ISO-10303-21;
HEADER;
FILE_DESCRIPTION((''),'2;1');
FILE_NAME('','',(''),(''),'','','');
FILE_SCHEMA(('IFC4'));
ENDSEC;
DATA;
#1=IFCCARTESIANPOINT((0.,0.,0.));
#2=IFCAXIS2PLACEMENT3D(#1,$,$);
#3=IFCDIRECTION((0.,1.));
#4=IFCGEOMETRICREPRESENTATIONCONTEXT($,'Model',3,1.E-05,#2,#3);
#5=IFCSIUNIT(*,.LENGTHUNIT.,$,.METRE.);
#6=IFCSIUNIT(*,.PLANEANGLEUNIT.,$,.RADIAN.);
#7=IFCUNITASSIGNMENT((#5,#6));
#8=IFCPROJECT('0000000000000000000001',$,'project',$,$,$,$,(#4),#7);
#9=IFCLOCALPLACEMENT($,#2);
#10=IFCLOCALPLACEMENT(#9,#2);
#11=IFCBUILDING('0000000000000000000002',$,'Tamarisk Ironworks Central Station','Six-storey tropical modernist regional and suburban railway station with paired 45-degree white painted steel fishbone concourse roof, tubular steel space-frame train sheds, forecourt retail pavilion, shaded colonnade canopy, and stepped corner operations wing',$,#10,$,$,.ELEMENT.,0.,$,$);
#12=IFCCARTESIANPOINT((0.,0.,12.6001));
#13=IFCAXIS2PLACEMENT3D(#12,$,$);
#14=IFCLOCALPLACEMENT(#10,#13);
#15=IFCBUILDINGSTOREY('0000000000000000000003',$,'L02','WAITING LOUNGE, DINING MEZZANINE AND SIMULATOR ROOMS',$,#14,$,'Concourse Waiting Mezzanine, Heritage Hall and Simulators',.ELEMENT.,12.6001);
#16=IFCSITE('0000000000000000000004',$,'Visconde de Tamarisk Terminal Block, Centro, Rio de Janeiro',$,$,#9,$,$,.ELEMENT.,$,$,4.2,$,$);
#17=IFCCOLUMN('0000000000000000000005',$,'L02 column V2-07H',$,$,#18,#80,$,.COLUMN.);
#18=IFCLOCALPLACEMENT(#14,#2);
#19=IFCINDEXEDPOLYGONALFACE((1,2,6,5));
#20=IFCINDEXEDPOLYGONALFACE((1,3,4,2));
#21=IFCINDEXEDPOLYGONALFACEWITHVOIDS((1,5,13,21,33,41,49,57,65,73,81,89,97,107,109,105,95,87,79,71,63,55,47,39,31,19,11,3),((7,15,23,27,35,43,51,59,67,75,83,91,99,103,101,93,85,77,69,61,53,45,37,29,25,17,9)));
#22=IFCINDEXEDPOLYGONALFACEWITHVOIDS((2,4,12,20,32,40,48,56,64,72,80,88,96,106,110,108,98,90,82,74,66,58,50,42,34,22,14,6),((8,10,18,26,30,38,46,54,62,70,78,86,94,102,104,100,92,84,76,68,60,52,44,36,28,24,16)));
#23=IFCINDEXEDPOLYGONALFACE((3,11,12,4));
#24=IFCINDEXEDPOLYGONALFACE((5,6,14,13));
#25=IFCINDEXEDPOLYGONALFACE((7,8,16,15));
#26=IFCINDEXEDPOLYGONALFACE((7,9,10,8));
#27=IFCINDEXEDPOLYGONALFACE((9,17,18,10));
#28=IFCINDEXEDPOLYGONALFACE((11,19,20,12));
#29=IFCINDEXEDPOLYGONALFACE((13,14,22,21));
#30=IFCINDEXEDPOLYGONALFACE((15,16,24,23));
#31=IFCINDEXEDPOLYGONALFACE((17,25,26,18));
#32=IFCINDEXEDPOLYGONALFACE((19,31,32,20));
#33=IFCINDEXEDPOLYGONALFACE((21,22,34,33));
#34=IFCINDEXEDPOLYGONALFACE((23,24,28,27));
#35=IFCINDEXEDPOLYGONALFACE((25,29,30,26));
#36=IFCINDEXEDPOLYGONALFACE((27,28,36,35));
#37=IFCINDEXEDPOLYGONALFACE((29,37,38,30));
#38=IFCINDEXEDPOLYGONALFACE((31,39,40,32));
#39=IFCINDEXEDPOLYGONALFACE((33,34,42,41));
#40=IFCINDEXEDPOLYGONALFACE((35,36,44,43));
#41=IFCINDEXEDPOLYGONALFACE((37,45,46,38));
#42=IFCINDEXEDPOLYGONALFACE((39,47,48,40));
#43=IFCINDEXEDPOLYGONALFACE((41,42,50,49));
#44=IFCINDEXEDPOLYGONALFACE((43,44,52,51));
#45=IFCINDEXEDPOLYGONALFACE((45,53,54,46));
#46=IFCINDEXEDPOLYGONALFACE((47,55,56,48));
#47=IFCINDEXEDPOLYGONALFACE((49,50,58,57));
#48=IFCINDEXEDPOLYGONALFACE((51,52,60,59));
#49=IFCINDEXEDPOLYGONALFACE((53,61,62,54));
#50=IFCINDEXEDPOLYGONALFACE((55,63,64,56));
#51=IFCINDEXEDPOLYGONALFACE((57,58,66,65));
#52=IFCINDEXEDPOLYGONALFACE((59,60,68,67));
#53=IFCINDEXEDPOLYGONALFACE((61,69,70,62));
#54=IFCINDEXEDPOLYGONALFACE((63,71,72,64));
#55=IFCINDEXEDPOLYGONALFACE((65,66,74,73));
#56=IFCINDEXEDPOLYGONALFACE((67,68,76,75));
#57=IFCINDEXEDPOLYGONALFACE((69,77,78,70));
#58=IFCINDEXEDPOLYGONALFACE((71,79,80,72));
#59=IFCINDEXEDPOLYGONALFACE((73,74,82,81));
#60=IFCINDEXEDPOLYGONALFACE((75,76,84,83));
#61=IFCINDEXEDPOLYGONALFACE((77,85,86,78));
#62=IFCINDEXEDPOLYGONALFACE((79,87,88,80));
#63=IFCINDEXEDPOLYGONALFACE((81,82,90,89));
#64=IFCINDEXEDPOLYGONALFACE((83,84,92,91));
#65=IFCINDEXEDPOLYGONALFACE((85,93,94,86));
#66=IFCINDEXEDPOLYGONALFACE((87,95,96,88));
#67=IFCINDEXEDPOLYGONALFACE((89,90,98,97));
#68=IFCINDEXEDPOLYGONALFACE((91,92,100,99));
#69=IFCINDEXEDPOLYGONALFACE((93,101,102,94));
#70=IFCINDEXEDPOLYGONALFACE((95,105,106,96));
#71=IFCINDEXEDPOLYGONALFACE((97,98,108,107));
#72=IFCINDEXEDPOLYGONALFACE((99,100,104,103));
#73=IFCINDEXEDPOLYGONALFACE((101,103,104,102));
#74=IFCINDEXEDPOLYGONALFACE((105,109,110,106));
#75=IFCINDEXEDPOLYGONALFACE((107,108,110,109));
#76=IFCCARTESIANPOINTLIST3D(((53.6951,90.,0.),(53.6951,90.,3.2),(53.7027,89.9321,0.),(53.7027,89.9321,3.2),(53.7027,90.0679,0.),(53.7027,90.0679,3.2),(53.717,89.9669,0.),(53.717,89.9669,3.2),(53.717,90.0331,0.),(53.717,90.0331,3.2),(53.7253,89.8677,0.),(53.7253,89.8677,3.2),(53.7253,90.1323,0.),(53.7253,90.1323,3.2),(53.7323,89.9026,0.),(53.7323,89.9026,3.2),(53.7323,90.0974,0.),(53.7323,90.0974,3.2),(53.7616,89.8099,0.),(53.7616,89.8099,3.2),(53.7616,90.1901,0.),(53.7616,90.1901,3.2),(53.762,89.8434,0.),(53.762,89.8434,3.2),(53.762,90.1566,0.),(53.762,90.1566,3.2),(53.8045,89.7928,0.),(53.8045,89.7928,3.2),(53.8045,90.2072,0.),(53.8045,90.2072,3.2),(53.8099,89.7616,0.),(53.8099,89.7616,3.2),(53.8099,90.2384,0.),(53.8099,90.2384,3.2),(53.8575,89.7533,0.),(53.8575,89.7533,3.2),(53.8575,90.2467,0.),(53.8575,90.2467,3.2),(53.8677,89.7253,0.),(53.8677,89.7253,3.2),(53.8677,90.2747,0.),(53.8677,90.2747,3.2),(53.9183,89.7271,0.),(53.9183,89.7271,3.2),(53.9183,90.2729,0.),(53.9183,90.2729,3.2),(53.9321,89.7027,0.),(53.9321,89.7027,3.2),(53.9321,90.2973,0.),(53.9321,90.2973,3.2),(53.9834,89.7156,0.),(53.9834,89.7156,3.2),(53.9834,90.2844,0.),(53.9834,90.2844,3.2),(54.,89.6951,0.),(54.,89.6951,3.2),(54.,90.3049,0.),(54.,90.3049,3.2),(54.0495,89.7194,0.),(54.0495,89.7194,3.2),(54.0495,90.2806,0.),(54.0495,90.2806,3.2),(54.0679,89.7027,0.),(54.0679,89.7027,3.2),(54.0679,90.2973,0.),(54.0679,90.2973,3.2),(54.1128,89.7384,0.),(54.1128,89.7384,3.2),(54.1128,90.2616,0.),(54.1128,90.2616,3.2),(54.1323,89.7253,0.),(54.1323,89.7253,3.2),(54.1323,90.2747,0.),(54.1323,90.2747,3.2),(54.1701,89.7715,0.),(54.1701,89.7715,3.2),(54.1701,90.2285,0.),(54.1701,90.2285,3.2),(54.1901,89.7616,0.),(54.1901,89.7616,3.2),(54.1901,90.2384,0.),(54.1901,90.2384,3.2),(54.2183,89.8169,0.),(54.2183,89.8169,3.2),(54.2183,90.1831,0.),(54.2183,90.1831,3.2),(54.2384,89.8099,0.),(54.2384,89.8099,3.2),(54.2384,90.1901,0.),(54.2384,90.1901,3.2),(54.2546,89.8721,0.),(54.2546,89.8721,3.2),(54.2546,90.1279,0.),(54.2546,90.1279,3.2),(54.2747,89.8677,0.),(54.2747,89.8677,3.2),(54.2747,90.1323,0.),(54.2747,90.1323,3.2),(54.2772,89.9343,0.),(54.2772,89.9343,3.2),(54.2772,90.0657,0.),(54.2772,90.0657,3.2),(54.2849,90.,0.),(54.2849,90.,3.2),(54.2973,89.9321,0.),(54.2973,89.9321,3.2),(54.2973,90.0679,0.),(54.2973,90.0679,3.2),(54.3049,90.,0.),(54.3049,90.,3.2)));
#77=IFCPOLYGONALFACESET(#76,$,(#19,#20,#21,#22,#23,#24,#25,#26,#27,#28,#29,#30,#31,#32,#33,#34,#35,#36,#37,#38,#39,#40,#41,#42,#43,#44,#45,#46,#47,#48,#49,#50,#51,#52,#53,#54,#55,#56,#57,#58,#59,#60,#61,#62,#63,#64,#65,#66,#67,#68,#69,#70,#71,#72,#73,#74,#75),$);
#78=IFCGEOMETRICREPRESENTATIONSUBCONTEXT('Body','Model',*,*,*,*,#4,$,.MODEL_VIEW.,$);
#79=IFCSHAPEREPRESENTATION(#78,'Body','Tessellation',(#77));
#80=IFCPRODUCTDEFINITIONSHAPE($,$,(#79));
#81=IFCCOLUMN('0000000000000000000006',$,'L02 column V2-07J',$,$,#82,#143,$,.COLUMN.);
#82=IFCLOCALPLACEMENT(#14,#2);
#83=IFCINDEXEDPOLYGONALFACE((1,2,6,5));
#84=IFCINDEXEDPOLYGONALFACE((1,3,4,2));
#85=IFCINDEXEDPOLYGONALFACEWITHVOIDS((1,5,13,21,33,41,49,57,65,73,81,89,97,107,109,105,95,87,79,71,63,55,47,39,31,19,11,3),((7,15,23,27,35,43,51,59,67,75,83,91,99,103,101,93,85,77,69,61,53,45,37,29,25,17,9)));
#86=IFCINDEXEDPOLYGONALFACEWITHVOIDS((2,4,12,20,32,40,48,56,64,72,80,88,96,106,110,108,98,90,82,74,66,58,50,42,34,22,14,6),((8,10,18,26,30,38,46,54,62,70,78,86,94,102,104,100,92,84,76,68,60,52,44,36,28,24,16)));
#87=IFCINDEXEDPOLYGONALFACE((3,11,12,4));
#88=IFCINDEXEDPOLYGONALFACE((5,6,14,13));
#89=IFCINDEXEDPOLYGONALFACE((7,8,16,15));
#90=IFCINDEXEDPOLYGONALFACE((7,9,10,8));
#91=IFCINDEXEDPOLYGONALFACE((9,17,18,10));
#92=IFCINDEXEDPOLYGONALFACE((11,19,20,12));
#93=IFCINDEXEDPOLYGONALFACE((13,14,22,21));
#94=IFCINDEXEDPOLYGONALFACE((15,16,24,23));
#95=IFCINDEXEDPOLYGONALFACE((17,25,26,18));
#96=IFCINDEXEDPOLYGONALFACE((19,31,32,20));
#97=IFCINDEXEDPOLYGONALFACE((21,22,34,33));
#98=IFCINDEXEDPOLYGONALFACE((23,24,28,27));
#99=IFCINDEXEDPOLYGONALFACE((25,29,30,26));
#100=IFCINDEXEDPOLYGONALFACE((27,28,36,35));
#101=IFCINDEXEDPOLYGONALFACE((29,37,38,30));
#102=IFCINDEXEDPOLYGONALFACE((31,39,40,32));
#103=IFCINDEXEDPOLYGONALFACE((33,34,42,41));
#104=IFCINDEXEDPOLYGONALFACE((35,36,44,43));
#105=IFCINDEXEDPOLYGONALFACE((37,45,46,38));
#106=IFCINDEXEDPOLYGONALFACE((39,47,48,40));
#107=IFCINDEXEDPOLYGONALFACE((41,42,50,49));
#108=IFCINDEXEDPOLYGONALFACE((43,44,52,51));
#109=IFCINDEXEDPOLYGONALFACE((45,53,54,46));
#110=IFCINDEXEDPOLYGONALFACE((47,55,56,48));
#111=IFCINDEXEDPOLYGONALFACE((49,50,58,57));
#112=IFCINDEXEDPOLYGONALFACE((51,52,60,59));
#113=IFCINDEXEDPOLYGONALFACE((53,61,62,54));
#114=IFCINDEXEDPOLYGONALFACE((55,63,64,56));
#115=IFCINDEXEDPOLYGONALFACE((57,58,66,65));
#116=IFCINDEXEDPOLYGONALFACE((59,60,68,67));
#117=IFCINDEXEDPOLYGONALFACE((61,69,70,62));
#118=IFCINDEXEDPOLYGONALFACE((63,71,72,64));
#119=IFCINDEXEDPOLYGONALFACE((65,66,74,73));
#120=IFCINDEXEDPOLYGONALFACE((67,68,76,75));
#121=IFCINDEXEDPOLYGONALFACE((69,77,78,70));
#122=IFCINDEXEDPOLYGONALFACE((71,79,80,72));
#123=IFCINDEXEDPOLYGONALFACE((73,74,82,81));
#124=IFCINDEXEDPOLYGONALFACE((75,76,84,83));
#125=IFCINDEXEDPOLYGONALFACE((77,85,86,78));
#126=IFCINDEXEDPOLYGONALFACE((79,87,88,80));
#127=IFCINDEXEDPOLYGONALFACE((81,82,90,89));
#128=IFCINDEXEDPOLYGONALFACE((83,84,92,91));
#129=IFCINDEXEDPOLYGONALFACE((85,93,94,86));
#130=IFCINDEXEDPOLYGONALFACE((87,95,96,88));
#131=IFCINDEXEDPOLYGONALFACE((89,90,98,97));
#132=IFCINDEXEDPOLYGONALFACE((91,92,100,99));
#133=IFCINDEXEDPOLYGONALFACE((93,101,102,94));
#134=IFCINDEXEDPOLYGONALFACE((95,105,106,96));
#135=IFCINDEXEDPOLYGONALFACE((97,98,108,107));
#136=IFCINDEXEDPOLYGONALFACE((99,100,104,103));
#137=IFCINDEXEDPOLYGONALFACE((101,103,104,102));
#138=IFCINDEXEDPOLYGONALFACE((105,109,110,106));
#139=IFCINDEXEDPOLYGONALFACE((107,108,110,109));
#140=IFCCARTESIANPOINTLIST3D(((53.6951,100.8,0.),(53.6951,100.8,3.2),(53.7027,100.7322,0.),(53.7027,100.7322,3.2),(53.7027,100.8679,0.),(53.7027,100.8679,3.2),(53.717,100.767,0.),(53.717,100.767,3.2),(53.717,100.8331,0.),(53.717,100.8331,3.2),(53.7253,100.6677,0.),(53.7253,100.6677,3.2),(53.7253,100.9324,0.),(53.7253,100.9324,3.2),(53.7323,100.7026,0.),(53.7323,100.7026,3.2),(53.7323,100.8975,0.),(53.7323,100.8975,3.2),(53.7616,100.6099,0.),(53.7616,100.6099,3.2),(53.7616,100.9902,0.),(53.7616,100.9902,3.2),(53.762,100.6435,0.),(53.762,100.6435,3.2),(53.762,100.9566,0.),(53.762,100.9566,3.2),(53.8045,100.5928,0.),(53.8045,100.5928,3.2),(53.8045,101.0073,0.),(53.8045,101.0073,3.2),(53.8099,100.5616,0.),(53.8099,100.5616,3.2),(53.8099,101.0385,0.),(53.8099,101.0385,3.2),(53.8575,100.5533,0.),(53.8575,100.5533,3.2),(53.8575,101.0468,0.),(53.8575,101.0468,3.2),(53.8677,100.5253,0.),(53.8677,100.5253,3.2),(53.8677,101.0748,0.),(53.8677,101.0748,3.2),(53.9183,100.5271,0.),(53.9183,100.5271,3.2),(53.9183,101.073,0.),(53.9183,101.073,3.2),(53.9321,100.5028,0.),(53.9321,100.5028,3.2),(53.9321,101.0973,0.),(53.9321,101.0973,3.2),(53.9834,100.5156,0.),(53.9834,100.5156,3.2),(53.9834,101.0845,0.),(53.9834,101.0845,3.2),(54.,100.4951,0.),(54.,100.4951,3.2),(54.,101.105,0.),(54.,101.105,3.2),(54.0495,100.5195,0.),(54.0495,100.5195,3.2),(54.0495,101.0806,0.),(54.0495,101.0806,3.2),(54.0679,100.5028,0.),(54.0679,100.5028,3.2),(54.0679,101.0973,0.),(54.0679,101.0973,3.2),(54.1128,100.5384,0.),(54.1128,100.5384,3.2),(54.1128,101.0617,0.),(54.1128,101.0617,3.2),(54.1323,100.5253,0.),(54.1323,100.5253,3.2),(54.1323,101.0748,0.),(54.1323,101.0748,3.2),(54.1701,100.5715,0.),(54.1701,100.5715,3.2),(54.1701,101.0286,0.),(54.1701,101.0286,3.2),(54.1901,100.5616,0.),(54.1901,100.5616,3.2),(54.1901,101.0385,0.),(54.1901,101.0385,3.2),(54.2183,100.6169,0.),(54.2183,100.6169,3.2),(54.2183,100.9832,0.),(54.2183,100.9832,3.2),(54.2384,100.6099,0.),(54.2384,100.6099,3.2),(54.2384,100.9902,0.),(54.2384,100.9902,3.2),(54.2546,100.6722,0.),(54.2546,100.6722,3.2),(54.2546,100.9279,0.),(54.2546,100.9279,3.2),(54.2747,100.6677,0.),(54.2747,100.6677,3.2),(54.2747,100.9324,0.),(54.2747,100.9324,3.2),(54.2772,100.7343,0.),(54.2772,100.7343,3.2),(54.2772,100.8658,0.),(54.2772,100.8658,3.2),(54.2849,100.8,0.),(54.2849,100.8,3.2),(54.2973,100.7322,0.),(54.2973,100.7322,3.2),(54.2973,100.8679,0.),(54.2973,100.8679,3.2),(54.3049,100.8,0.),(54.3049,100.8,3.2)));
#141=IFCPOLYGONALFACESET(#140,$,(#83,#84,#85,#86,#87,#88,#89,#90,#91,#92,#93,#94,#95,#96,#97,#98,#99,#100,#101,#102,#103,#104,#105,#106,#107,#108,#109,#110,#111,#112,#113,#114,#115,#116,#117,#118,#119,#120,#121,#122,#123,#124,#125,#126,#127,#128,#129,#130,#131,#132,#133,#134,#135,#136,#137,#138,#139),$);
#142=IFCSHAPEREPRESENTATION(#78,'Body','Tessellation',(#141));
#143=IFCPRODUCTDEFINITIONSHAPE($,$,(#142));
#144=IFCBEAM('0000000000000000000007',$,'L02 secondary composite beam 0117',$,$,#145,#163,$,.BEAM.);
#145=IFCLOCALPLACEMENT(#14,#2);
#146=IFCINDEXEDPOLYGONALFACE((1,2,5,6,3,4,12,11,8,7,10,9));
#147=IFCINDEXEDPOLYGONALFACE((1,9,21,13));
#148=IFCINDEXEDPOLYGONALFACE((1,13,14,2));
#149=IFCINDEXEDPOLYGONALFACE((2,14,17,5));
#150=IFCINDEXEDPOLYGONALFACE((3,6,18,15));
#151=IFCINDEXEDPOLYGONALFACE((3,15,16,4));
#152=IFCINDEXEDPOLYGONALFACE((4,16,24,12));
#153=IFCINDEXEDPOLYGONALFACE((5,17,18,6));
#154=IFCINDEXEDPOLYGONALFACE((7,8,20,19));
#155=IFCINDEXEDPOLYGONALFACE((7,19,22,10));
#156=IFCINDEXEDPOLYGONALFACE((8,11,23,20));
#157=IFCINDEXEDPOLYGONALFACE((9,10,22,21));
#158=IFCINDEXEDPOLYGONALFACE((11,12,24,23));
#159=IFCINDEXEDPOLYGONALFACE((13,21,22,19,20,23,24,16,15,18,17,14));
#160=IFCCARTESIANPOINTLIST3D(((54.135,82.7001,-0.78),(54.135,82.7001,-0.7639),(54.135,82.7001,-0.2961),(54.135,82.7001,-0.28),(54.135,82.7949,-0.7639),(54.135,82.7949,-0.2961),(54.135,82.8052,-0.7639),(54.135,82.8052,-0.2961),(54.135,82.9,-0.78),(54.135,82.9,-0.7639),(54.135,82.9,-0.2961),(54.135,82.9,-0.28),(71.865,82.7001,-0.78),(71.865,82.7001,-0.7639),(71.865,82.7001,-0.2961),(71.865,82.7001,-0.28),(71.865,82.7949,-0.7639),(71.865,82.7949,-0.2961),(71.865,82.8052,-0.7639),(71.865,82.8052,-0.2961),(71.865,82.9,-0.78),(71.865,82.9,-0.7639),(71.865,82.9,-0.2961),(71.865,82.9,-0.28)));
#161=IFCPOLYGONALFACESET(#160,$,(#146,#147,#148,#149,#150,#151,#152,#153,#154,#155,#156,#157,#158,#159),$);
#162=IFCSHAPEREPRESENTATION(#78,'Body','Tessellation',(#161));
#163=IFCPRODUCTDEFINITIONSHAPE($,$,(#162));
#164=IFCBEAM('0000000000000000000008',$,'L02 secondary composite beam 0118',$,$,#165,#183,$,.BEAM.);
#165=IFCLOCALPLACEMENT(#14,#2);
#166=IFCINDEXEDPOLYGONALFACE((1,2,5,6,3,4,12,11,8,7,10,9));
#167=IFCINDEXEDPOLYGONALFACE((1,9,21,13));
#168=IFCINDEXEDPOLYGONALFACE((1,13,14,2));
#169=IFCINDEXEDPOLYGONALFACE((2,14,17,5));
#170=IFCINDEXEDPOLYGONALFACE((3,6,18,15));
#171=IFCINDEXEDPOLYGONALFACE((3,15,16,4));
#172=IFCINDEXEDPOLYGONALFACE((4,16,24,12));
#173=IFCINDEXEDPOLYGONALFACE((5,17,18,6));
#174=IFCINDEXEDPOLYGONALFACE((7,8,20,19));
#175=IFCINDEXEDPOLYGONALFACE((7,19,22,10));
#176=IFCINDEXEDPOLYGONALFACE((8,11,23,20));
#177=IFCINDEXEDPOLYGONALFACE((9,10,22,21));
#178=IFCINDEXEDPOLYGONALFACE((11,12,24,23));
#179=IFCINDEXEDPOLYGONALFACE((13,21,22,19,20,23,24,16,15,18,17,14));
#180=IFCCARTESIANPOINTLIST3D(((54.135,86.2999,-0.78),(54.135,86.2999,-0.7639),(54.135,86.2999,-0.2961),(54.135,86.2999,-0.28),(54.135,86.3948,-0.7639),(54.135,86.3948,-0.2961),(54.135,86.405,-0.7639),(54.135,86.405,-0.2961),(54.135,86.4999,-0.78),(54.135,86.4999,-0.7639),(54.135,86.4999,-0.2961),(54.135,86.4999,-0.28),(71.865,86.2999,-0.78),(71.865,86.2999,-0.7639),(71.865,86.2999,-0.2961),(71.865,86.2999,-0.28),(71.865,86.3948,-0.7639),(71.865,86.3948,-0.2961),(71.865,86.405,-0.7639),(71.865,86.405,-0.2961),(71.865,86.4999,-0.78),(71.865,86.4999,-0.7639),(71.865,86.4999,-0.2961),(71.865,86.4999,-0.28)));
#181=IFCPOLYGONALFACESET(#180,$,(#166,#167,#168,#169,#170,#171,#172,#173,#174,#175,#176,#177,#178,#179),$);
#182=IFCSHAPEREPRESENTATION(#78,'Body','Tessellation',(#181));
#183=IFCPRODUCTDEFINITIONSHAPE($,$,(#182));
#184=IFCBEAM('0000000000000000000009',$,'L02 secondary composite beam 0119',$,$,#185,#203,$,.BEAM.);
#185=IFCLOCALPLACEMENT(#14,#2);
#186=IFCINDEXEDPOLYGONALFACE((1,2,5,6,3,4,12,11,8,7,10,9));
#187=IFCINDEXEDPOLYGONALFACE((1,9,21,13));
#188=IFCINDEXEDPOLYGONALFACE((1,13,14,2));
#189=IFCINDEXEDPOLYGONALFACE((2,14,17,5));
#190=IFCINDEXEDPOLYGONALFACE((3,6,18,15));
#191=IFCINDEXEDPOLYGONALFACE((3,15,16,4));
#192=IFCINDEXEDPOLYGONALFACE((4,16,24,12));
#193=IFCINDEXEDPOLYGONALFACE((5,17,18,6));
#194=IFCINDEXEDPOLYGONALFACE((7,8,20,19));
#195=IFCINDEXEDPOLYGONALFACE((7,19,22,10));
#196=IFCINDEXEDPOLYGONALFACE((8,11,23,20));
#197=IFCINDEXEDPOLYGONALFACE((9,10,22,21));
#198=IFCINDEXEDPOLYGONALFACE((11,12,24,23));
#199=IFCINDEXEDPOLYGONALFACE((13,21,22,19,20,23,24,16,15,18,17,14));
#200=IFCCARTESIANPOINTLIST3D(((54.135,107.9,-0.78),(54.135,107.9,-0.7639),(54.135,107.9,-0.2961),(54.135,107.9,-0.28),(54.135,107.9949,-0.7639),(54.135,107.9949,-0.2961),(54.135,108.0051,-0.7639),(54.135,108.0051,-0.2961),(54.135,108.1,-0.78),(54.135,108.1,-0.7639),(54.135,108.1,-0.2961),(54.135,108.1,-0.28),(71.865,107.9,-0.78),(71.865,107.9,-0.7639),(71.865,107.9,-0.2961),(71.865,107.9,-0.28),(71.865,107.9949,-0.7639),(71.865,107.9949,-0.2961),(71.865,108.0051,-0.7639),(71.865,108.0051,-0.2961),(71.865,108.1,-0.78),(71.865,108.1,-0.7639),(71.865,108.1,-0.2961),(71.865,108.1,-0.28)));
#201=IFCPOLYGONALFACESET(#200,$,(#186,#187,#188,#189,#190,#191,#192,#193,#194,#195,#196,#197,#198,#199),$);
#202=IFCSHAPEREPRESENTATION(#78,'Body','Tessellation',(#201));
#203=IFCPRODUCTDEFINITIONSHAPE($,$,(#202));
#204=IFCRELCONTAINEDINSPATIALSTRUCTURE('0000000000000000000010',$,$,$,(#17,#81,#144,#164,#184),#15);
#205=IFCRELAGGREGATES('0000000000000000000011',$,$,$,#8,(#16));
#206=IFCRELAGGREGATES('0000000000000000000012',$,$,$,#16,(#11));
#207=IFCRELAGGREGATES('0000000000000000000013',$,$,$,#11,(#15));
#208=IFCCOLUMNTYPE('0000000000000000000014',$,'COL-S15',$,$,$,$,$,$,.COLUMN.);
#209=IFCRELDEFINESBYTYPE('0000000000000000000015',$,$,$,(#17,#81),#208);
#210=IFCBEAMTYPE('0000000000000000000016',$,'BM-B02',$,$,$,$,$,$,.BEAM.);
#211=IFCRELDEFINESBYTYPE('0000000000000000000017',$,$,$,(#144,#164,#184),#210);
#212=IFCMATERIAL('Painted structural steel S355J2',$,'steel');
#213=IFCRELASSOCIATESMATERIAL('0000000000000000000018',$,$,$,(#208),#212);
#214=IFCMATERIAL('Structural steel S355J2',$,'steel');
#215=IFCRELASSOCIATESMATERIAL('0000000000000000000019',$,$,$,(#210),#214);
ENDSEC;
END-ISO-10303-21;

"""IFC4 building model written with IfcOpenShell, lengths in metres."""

from ifc_helpers import new_model, si_unit, direction, frame, origin, origin_2d, place, context, subcontext, project, spatial, hollow_circle, i_section, extrude, material, material_profile, profile_set, type_object, element, save


model = new_model("IFC4")

# Units and contexts
model_context = context("Model", 3, precision=1e-05, world=origin(), true_north=direction((0.0, 1.0)))
body_context = subcontext(model_context, "Body", "Model", "MODEL_VIEW")
ifc_project = project(units=[si_unit("LENGTHUNIT", "METRE"), si_unit("PLANEANGLEUNIT", "RADIAN")], contexts=[model_context])

# Site, building, storey
site_placement = place(None, origin())
site = spatial("IfcSite", under=ifc_project, at=site_placement, Name="Visconde de Tamarisk Terminal Block, Centro, Rio de Janeiro", CompositionType="ELEMENT", RefElevation=4.2)
building_placement = place(site_placement, origin())
building = spatial("IfcBuilding", under=site, at=building_placement, Name="Tamarisk Ironworks Central Station", Description="Six-storey tropical modernist regional and suburban railway station with paired 45-degree white painted steel fishbone concourse roof, tubular steel space-frame train sheds, forecourt retail pavilion, shaded colonnade canopy, and stepped corner operations wing", CompositionType="ELEMENT", ElevationOfRefHeight=0.0)
storey_placement = place(building_placement, frame((0.0, 0.0, 12.6001)))
storey = spatial("IfcBuildingStorey", under=building, at=storey_placement, Name="L02", Description="WAITING LOUNGE, DINING MEZZANINE AND SIMULATOR ROOMS", LongName="Concourse Waiting Mezzanine, Heritage Hall and Simulators", CompositionType="ELEMENT", Elevation=12.6001)

# Columns
ifc_material_1 = material(Name="Painted structural steel S355J2", Category="steel")
ifc_material_profile_1 = material_profile(ifc_material_1, hollow_circle(Radius=0.3049, WallThickness=0.02, at=origin_2d()), Name="CHS 610x20")
ifc_profile_set_1 = profile_set([ifc_material_profile_1], Name="Painted structural steel S355J2")
column_type = type_object("IfcColumnType", Name="COL-S15", PredefinedType="COLUMN", material=ifc_profile_set_1)
for number, where, z_axis, x_axis, name in (
    (1, (54.0, 90.0, 0.0), (0.0, 0.0, 1.0), (1.0, 0.0, 0.0), "L02 column V2-07H"),
    (2, (54.0, 100.8, 0.0), (0.0, 0.0, 1.0), (1.0, 0.0, 0.0), "L02 column V2-07J"),
):
    element("IfcColumn", number, at=place(storey_placement, frame(where, z_axis=z_axis, x_axis=x_axis)), inside=storey, type_object=column_type, Name=name, PredefinedType="COLUMN", context=body_context, shape_type="SweptSolid", body=[
        extrude(hollow_circle(Radius=0.3049, WallThickness=0.02, at=origin_2d()), origin(), (0.0, 0.0, 1.0), 3.2),
    ])

# Beams
ifc_material_2 = material(Name="Structural steel S355J2", Category="steel")
ifc_material_profile_2 = material_profile(ifc_material_2, i_section(OverallWidth=0.2, OverallDepth=0.5, WebThickness=0.0103, FlangeThickness=0.0161, at=origin_2d()), Name="IPE 500")
ifc_profile_set_2 = profile_set([ifc_material_profile_2], Name="Structural steel S355J2")
beam_type_1 = type_object("IfcBeamType", Name="BM-B02", PredefinedType="BEAM", material=ifc_profile_set_2)
for number, where, z_axis, x_axis, name in (
    (3, (54.135, 82.8, -0.53), (1.0, 0.0, 0.0), (0.0, 1.0, 0.0), "L02 secondary composite beam 0117"),
    (4, (54.135, 86.3999, -0.53), (1.0, 0.0, 0.0), (0.0, 1.0, 0.0), "L02 secondary composite beam 0118"),
    (5, (54.135, 108.0, -0.53), (1.0, 0.0, 0.0), (0.0, 1.0, 0.0), "L02 secondary composite beam 0119"),
):
    element("IfcBeam", number, at=place(storey_placement, frame(where, z_axis=z_axis, x_axis=x_axis)), inside=storey, type_object=beam_type_1, Name=name, PredefinedType="BEAM", context=body_context, shape_type="SweptSolid", body=[
        extrude(i_section(OverallWidth=0.2, OverallDepth=0.5, WebThickness=0.0103, FlangeThickness=0.0161, at=origin_2d()), origin(), (0.0, 0.0, 1.0), 17.73),
    ])

save(model, "model.ifc")
